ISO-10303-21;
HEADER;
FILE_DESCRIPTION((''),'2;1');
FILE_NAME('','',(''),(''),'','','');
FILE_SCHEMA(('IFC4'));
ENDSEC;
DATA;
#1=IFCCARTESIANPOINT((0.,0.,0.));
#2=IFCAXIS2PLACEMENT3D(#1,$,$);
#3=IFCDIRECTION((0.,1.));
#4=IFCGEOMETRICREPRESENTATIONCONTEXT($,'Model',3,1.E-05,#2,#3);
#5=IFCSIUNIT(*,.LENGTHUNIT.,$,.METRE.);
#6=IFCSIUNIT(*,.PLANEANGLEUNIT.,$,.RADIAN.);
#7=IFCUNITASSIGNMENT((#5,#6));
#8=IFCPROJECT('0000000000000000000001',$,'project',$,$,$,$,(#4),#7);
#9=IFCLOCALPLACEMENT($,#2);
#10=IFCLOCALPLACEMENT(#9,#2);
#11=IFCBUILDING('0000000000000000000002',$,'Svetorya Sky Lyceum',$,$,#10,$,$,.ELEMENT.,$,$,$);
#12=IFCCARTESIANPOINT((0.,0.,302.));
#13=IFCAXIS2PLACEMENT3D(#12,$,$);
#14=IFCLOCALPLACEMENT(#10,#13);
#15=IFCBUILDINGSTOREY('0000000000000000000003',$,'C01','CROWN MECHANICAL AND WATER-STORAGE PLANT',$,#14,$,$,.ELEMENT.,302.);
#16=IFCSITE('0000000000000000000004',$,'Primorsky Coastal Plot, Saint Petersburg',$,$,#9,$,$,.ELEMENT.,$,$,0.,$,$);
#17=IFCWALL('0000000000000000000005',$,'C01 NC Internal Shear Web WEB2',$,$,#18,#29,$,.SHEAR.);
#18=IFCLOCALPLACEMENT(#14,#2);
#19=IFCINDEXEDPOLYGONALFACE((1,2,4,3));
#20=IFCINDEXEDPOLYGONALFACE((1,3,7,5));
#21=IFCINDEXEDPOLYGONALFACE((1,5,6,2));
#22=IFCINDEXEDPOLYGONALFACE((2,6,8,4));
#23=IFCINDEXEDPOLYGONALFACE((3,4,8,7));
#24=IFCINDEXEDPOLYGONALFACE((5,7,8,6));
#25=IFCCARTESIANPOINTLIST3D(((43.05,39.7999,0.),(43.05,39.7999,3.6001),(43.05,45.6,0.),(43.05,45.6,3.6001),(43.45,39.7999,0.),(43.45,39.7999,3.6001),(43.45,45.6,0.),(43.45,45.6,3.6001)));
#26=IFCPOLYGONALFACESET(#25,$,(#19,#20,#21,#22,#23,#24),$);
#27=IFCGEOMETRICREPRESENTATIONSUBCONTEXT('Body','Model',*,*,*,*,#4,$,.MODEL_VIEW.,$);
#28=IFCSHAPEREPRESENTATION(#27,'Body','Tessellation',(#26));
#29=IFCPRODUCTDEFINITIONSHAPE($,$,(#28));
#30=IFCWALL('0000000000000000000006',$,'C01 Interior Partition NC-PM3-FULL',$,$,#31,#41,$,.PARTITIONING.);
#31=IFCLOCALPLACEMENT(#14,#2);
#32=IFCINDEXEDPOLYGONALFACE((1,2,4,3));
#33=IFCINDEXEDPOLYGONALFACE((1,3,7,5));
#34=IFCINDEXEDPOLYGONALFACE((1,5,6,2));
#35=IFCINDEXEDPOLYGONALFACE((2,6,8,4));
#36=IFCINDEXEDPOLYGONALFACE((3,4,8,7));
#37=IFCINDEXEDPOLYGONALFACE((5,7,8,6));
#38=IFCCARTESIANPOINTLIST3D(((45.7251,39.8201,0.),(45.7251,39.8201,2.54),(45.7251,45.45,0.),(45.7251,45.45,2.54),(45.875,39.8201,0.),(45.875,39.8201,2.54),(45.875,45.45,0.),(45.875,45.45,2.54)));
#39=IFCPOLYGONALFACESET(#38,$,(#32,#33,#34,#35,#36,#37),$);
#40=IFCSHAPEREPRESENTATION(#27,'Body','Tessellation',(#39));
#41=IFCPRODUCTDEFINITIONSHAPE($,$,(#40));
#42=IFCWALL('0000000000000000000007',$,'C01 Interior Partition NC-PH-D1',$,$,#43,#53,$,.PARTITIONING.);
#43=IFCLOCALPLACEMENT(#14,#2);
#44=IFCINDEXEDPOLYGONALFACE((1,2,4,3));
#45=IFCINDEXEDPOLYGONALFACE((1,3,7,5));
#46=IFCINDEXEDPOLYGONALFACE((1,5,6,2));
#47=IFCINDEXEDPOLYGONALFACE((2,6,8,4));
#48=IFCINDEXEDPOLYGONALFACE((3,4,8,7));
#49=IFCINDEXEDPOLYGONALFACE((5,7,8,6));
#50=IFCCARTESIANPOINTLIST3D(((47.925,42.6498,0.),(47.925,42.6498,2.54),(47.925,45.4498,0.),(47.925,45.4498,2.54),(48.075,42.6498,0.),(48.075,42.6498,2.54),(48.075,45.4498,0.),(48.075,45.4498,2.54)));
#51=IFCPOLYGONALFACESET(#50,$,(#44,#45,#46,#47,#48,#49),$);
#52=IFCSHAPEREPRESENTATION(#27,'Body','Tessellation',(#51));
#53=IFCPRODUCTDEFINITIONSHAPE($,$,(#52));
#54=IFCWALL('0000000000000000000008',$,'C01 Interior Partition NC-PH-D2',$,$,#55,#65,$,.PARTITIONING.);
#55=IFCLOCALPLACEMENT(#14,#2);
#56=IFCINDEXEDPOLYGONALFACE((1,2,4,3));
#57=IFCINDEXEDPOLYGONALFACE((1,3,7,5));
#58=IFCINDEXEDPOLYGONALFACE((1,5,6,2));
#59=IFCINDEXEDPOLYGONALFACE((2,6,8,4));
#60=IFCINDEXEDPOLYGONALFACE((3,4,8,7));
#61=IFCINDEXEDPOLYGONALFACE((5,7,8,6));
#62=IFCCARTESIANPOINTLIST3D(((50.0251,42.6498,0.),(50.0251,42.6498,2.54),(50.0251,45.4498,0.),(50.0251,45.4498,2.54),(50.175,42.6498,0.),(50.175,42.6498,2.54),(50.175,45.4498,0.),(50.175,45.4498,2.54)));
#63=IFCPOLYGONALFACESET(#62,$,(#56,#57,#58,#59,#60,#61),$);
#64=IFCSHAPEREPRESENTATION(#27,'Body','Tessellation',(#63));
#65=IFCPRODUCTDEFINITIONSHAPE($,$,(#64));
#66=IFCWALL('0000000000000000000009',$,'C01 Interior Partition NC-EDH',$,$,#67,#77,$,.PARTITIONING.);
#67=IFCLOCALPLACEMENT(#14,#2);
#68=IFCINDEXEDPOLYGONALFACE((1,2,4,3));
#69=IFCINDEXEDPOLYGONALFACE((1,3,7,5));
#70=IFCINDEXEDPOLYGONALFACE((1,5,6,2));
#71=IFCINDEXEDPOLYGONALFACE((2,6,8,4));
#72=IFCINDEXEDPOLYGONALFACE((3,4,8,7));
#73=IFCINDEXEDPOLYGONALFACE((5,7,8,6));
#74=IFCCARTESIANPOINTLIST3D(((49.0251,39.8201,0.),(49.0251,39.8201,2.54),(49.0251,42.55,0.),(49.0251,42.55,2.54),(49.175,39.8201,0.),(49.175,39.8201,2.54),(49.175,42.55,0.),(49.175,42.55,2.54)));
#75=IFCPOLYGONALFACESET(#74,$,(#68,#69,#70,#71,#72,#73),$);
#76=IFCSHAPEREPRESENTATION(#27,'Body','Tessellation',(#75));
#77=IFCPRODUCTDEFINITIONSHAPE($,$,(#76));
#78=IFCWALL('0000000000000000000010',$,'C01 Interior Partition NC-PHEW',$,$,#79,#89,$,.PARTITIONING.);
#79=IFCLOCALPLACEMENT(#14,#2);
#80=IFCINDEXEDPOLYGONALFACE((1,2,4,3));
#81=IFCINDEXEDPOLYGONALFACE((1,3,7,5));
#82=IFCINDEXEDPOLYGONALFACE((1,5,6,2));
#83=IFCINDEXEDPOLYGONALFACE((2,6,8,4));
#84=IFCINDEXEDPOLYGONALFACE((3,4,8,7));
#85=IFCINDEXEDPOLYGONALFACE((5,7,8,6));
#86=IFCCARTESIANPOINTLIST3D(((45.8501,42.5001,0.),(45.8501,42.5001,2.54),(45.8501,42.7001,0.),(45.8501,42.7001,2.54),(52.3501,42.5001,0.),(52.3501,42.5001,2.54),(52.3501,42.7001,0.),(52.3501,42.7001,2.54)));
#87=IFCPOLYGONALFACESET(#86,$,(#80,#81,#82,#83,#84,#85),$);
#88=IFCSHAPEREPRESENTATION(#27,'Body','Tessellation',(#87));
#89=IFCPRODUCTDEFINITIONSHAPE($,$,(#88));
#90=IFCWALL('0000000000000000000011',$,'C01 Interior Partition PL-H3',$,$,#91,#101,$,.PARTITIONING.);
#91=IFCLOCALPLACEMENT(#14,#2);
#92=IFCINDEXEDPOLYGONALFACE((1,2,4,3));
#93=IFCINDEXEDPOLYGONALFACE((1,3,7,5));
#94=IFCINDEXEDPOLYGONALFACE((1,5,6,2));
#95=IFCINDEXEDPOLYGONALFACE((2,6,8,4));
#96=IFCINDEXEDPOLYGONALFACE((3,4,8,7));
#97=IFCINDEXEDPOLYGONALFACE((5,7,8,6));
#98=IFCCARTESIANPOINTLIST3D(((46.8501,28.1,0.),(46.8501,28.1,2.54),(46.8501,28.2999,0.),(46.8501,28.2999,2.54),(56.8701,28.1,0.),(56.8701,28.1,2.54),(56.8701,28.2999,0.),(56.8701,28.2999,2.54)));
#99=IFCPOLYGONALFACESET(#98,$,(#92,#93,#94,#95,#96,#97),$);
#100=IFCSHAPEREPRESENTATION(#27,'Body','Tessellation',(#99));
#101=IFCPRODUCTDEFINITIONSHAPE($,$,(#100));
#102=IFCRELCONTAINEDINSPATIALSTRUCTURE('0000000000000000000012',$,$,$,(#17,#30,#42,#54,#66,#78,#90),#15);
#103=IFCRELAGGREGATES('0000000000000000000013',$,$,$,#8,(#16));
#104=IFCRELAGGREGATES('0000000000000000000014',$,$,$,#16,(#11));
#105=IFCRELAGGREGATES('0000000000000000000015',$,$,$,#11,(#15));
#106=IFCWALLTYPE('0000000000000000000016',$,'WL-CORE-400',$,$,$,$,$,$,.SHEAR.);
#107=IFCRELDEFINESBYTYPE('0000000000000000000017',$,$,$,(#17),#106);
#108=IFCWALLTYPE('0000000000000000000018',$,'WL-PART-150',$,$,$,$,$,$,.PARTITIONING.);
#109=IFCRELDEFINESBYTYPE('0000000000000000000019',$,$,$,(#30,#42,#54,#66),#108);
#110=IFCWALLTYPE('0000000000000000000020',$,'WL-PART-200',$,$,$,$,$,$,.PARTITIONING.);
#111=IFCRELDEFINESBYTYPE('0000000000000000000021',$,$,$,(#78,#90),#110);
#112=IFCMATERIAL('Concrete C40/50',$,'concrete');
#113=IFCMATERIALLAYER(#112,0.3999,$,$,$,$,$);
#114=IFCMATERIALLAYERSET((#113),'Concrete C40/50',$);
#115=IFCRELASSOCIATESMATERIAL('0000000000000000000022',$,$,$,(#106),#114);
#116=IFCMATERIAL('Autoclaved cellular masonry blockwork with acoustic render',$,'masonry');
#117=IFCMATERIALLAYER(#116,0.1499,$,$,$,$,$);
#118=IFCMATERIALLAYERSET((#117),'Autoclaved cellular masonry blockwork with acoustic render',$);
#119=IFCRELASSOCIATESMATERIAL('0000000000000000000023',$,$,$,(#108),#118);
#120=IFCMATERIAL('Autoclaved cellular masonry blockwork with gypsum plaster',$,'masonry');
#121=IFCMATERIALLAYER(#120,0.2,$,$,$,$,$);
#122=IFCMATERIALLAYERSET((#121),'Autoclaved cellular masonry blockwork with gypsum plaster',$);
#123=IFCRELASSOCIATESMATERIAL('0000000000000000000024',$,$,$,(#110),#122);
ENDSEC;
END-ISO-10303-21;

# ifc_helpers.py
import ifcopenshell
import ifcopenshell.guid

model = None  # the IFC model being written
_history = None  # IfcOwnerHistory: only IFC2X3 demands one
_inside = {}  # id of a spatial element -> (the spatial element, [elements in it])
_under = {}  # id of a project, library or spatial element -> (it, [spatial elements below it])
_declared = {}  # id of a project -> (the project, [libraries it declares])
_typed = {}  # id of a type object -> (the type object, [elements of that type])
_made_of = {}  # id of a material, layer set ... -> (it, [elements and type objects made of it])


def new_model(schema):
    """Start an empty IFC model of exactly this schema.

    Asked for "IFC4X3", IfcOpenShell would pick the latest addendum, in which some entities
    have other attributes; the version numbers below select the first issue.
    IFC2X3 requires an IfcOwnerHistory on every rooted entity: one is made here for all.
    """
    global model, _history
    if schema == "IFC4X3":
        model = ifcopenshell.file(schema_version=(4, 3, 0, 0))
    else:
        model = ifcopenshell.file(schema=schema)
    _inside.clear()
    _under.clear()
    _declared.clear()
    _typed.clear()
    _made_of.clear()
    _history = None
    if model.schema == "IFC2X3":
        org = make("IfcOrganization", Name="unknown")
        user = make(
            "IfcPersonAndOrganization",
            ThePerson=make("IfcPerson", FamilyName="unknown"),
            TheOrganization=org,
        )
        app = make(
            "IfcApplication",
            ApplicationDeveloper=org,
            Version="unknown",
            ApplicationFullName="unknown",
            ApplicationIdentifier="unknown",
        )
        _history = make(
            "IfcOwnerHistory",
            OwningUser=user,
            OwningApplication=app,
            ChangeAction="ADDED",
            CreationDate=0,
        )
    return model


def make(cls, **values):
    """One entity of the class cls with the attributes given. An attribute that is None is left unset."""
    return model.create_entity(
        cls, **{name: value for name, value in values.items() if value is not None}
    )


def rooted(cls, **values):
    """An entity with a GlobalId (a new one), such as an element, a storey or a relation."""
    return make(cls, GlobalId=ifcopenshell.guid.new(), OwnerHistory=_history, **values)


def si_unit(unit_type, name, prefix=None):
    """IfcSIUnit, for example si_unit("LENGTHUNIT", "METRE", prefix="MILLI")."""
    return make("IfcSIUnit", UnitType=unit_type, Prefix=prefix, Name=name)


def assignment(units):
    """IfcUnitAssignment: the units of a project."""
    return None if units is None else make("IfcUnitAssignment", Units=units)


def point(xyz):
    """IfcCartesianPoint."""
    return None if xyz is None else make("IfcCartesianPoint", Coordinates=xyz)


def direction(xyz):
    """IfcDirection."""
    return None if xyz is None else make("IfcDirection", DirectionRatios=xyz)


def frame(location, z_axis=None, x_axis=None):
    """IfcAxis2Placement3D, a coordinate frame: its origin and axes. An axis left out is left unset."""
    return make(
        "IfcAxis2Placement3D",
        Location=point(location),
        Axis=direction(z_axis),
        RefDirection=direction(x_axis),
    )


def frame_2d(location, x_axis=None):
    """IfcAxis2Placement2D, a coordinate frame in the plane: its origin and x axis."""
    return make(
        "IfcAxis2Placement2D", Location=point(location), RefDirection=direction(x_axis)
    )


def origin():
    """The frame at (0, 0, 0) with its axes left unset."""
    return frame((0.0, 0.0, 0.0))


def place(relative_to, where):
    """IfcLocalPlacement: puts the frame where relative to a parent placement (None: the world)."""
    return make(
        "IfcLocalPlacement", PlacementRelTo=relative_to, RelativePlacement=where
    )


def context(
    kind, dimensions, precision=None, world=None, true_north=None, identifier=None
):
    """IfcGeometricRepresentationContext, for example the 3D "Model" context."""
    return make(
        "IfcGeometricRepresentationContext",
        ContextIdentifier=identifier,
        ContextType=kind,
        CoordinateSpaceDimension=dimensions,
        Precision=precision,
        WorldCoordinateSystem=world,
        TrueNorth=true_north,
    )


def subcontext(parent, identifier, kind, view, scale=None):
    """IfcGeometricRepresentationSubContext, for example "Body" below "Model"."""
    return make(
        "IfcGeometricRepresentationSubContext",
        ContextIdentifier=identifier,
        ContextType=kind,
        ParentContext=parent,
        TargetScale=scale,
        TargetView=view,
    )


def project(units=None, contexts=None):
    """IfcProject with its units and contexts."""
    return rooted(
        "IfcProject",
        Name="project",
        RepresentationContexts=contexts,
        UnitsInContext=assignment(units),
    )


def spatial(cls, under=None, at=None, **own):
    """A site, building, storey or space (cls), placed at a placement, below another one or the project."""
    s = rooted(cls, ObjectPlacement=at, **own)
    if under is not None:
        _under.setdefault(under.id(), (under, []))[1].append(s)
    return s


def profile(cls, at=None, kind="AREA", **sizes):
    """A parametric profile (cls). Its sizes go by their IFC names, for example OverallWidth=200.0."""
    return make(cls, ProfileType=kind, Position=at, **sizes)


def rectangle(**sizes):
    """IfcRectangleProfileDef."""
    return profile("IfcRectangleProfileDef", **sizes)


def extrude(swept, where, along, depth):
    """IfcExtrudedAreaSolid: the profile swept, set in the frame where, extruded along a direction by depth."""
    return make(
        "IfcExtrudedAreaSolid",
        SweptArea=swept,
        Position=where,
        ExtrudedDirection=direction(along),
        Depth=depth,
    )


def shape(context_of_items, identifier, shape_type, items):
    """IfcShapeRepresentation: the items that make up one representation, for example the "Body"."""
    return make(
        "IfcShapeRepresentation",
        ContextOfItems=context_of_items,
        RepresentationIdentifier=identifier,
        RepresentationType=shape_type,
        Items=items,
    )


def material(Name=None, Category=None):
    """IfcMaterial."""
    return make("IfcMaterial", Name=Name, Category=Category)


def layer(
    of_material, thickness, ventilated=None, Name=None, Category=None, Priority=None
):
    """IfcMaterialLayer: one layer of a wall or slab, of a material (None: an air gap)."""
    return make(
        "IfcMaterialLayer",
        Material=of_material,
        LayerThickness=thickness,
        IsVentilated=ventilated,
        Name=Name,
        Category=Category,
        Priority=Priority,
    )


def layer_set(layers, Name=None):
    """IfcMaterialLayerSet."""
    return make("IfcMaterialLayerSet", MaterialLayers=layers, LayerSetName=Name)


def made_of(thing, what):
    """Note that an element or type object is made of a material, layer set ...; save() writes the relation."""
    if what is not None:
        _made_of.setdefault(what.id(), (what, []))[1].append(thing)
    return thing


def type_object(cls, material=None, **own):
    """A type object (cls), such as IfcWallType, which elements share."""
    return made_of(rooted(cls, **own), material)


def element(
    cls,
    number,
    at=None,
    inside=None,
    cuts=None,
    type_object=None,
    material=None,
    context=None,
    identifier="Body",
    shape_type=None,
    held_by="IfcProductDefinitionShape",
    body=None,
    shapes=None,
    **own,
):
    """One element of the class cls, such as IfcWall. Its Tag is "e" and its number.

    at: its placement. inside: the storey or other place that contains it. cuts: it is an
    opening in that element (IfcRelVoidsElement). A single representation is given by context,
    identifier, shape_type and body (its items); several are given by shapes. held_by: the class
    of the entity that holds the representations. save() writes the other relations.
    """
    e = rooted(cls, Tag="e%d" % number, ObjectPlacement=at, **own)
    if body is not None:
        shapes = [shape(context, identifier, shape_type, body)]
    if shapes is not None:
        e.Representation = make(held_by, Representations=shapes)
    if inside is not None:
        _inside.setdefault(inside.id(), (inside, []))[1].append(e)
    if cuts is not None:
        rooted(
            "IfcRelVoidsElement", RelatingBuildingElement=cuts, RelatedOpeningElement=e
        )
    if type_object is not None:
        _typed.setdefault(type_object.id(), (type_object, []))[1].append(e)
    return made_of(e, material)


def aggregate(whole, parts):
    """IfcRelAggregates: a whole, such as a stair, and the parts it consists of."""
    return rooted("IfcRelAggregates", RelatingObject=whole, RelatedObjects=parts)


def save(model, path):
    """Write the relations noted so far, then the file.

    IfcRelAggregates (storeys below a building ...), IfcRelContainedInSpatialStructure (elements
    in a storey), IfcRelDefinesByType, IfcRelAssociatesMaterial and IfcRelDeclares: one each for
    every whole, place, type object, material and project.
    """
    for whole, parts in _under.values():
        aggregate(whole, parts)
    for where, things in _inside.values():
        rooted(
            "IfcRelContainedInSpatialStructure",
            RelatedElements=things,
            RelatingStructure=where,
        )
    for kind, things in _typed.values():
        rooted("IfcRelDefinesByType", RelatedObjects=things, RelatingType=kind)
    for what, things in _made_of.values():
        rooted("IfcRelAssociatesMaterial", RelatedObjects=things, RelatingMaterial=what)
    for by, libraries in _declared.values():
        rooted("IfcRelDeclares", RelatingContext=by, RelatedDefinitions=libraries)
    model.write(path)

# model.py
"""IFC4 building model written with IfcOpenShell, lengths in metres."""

from ifc_helpers import new_model, si_unit, direction, frame, frame_2d, origin, place, context, subcontext, project, spatial, rectangle, extrude, material, layer, layer_set, type_object, element, save


model = new_model("IFC4")

# Units and contexts
model_context = context("Model", 3, precision=1e-05, world=origin(), true_north=direction((0.0, 1.0)))
body_context = subcontext(model_context, "Body", "Model", "MODEL_VIEW")
ifc_project = project(units=[si_unit("LENGTHUNIT", "METRE"), si_unit("PLANEANGLEUNIT", "RADIAN")], contexts=[model_context])

# Site, building, storey
site_placement = place(None, origin())
site = spatial("IfcSite", under=ifc_project, at=site_placement, Name="Primorsky Coastal Plot, Saint Petersburg", CompositionType="ELEMENT", RefElevation=0.0)
building_placement = place(site_placement, origin())
building = spatial("IfcBuilding", under=site, at=building_placement, Name="Svetorya Sky Lyceum", CompositionType="ELEMENT")
storey_placement = place(building_placement, frame((0.0, 0.0, 302.0)))
storey = spatial("IfcBuildingStorey", under=building, at=storey_placement, Name="C01", Description="CROWN MECHANICAL AND WATER-STORAGE PLANT", CompositionType="ELEMENT", Elevation=302.0)

# Shared definitions
ifc_material_1 = material(Name="Concrete C40/50", Category="concrete")

# Shared definitions
ifc_layer_1 = layer(ifc_material_1, 0.3999)
ifc_layer_set_1 = layer_set([ifc_layer_1], Name="Concrete C40/50")
wall_type_1 = type_object("IfcWallType", Name="WL-CORE-400", PredefinedType="SHEAR", material=ifc_layer_set_1)

# Walls
wall_1_placement = place(storey_placement, frame((43.25, 39.8, 0.0), z_axis=(0.0, 0.0, 1.0), x_axis=(0.0, 1.0, 0.0)))
element("IfcWall", 1, at=wall_1_placement, inside=storey, type_object=wall_type_1, Name="C01 NC Internal Shear Web WEB2", PredefinedType="SHEAR", context=body_context, shape_type="SweptSolid", body=[
    extrude(rectangle(XDim=5.8, YDim=0.3999, at=frame_2d((2.8999, 0.0))), origin(), (0.0, 0.0, 1.0), 3.6001),
])
ifc_material_2 = material(Name="Autoclaved cellular masonry blockwork with acoustic render", Category="masonry")
ifc_layer_2 = layer(ifc_material_2, 0.1499)
ifc_layer_set_2 = layer_set([ifc_layer_2], Name="Autoclaved cellular masonry blockwork with acoustic render")
wall_type_2 = type_object("IfcWallType", Name="WL-PART-150", PredefinedType="PARTITIONING", material=ifc_layer_set_2)
wall_2_placement = place(storey_placement, frame((45.8, 39.8201, 0.0), z_axis=(0.0, 0.0, 1.0), x_axis=(0.0, 1.0, 0.0)))
element("IfcWall", 2, at=wall_2_placement, inside=storey, type_object=wall_type_2, Name="C01 Interior Partition NC-PM3-FULL", PredefinedType="PARTITIONING", context=body_context, shape_type="SweptSolid", body=[
    extrude(rectangle(XDim=5.6299, YDim=0.1499, at=frame_2d((2.8149, 0.0))), origin(), (0.0, 0.0, 1.0), 2.54),
])
for number, where, z_axis, x_axis, name in (
    (3, (48.0, 42.6499, 0.0), (0.0, 0.0, 1.0), (0.0, 1.0, 0.0), "C01 Interior Partition NC-PH-D1"),
    (4, (50.1001, 42.6499, 0.0), (0.0, 0.0, 1.0), (0.0, 1.0, 0.0), "C01 Interior Partition NC-PH-D2"),
):
    element("IfcWall", number, at=place(storey_placement, frame(where, z_axis=z_axis, x_axis=x_axis)), inside=storey, type_object=wall_type_2, Name=name, PredefinedType="PARTITIONING", context=body_context, shape_type="SweptSolid", body=[
        extrude(rectangle(XDim=2.8, YDim=0.1499, at=frame_2d((1.3999, 0.0))), origin(), (0.0, 0.0, 1.0), 2.54),
    ])
wall_3_placement = place(storey_placement, frame((49.1001, 39.8201, 0.0), z_axis=(0.0, 0.0, 1.0), x_axis=(0.0, 1.0, 0.0)))
element("IfcWall", 5, at=wall_3_placement, inside=storey, type_object=wall_type_2, Name="C01 Interior Partition NC-EDH", PredefinedType="PARTITIONING", context=body_context, shape_type="SweptSolid", body=[
    extrude(rectangle(XDim=2.73, YDim=0.1499, at=frame_2d((1.365, 0.0))), origin(), (0.0, 0.0, 1.0), 2.54),
])
ifc_material_3 = material(Name="Autoclaved cellular masonry blockwork with gypsum plaster", Category="masonry")
ifc_layer_3 = layer(ifc_material_3, 0.2)
ifc_layer_set_3 = layer_set([ifc_layer_3], Name="Autoclaved cellular masonry blockwork with gypsum plaster")
wall_type_3 = type_object("IfcWallType", Name="WL-PART-200", PredefinedType="PARTITIONING", material=ifc_layer_set_3)
wall_4_placement = place(storey_placement, frame((52.3501, 42.6001, 0.0), z_axis=(0.0, 0.0, 1.0), x_axis=(-1.0, 0.0, 0.0)))
element("IfcWall", 6, at=wall_4_placement, inside=storey, type_object=wall_type_3, Name="C01 Interior Partition NC-PHEW", PredefinedType="PARTITIONING", context=body_context, shape_type="SweptSolid", body=[
    extrude(rectangle(XDim=6.5, YDim=0.2, at=frame_2d((3.25, 0.0))), origin(), (0.0, 0.0, 1.0), 2.54),
])
wall_5_placement = place(storey_placement, frame((46.8501, 28.2, 0.0), z_axis=(0.0, 0.0, 1.0), x_axis=(1.0, 0.0, 0.0)))
element("IfcWall", 7, at=wall_5_placement, inside=storey, type_object=wall_type_3, Name="C01 Interior Partition PL-H3", PredefinedType="PARTITIONING", context=body_context, shape_type="SweptSolid", body=[
    extrude(rectangle(XDim=10.02, YDim=0.2, at=frame_2d((5.01, 0.0))), origin(), (0.0, 0.0, 1.0), 2.54),
])

save(model, "model.ifc")
